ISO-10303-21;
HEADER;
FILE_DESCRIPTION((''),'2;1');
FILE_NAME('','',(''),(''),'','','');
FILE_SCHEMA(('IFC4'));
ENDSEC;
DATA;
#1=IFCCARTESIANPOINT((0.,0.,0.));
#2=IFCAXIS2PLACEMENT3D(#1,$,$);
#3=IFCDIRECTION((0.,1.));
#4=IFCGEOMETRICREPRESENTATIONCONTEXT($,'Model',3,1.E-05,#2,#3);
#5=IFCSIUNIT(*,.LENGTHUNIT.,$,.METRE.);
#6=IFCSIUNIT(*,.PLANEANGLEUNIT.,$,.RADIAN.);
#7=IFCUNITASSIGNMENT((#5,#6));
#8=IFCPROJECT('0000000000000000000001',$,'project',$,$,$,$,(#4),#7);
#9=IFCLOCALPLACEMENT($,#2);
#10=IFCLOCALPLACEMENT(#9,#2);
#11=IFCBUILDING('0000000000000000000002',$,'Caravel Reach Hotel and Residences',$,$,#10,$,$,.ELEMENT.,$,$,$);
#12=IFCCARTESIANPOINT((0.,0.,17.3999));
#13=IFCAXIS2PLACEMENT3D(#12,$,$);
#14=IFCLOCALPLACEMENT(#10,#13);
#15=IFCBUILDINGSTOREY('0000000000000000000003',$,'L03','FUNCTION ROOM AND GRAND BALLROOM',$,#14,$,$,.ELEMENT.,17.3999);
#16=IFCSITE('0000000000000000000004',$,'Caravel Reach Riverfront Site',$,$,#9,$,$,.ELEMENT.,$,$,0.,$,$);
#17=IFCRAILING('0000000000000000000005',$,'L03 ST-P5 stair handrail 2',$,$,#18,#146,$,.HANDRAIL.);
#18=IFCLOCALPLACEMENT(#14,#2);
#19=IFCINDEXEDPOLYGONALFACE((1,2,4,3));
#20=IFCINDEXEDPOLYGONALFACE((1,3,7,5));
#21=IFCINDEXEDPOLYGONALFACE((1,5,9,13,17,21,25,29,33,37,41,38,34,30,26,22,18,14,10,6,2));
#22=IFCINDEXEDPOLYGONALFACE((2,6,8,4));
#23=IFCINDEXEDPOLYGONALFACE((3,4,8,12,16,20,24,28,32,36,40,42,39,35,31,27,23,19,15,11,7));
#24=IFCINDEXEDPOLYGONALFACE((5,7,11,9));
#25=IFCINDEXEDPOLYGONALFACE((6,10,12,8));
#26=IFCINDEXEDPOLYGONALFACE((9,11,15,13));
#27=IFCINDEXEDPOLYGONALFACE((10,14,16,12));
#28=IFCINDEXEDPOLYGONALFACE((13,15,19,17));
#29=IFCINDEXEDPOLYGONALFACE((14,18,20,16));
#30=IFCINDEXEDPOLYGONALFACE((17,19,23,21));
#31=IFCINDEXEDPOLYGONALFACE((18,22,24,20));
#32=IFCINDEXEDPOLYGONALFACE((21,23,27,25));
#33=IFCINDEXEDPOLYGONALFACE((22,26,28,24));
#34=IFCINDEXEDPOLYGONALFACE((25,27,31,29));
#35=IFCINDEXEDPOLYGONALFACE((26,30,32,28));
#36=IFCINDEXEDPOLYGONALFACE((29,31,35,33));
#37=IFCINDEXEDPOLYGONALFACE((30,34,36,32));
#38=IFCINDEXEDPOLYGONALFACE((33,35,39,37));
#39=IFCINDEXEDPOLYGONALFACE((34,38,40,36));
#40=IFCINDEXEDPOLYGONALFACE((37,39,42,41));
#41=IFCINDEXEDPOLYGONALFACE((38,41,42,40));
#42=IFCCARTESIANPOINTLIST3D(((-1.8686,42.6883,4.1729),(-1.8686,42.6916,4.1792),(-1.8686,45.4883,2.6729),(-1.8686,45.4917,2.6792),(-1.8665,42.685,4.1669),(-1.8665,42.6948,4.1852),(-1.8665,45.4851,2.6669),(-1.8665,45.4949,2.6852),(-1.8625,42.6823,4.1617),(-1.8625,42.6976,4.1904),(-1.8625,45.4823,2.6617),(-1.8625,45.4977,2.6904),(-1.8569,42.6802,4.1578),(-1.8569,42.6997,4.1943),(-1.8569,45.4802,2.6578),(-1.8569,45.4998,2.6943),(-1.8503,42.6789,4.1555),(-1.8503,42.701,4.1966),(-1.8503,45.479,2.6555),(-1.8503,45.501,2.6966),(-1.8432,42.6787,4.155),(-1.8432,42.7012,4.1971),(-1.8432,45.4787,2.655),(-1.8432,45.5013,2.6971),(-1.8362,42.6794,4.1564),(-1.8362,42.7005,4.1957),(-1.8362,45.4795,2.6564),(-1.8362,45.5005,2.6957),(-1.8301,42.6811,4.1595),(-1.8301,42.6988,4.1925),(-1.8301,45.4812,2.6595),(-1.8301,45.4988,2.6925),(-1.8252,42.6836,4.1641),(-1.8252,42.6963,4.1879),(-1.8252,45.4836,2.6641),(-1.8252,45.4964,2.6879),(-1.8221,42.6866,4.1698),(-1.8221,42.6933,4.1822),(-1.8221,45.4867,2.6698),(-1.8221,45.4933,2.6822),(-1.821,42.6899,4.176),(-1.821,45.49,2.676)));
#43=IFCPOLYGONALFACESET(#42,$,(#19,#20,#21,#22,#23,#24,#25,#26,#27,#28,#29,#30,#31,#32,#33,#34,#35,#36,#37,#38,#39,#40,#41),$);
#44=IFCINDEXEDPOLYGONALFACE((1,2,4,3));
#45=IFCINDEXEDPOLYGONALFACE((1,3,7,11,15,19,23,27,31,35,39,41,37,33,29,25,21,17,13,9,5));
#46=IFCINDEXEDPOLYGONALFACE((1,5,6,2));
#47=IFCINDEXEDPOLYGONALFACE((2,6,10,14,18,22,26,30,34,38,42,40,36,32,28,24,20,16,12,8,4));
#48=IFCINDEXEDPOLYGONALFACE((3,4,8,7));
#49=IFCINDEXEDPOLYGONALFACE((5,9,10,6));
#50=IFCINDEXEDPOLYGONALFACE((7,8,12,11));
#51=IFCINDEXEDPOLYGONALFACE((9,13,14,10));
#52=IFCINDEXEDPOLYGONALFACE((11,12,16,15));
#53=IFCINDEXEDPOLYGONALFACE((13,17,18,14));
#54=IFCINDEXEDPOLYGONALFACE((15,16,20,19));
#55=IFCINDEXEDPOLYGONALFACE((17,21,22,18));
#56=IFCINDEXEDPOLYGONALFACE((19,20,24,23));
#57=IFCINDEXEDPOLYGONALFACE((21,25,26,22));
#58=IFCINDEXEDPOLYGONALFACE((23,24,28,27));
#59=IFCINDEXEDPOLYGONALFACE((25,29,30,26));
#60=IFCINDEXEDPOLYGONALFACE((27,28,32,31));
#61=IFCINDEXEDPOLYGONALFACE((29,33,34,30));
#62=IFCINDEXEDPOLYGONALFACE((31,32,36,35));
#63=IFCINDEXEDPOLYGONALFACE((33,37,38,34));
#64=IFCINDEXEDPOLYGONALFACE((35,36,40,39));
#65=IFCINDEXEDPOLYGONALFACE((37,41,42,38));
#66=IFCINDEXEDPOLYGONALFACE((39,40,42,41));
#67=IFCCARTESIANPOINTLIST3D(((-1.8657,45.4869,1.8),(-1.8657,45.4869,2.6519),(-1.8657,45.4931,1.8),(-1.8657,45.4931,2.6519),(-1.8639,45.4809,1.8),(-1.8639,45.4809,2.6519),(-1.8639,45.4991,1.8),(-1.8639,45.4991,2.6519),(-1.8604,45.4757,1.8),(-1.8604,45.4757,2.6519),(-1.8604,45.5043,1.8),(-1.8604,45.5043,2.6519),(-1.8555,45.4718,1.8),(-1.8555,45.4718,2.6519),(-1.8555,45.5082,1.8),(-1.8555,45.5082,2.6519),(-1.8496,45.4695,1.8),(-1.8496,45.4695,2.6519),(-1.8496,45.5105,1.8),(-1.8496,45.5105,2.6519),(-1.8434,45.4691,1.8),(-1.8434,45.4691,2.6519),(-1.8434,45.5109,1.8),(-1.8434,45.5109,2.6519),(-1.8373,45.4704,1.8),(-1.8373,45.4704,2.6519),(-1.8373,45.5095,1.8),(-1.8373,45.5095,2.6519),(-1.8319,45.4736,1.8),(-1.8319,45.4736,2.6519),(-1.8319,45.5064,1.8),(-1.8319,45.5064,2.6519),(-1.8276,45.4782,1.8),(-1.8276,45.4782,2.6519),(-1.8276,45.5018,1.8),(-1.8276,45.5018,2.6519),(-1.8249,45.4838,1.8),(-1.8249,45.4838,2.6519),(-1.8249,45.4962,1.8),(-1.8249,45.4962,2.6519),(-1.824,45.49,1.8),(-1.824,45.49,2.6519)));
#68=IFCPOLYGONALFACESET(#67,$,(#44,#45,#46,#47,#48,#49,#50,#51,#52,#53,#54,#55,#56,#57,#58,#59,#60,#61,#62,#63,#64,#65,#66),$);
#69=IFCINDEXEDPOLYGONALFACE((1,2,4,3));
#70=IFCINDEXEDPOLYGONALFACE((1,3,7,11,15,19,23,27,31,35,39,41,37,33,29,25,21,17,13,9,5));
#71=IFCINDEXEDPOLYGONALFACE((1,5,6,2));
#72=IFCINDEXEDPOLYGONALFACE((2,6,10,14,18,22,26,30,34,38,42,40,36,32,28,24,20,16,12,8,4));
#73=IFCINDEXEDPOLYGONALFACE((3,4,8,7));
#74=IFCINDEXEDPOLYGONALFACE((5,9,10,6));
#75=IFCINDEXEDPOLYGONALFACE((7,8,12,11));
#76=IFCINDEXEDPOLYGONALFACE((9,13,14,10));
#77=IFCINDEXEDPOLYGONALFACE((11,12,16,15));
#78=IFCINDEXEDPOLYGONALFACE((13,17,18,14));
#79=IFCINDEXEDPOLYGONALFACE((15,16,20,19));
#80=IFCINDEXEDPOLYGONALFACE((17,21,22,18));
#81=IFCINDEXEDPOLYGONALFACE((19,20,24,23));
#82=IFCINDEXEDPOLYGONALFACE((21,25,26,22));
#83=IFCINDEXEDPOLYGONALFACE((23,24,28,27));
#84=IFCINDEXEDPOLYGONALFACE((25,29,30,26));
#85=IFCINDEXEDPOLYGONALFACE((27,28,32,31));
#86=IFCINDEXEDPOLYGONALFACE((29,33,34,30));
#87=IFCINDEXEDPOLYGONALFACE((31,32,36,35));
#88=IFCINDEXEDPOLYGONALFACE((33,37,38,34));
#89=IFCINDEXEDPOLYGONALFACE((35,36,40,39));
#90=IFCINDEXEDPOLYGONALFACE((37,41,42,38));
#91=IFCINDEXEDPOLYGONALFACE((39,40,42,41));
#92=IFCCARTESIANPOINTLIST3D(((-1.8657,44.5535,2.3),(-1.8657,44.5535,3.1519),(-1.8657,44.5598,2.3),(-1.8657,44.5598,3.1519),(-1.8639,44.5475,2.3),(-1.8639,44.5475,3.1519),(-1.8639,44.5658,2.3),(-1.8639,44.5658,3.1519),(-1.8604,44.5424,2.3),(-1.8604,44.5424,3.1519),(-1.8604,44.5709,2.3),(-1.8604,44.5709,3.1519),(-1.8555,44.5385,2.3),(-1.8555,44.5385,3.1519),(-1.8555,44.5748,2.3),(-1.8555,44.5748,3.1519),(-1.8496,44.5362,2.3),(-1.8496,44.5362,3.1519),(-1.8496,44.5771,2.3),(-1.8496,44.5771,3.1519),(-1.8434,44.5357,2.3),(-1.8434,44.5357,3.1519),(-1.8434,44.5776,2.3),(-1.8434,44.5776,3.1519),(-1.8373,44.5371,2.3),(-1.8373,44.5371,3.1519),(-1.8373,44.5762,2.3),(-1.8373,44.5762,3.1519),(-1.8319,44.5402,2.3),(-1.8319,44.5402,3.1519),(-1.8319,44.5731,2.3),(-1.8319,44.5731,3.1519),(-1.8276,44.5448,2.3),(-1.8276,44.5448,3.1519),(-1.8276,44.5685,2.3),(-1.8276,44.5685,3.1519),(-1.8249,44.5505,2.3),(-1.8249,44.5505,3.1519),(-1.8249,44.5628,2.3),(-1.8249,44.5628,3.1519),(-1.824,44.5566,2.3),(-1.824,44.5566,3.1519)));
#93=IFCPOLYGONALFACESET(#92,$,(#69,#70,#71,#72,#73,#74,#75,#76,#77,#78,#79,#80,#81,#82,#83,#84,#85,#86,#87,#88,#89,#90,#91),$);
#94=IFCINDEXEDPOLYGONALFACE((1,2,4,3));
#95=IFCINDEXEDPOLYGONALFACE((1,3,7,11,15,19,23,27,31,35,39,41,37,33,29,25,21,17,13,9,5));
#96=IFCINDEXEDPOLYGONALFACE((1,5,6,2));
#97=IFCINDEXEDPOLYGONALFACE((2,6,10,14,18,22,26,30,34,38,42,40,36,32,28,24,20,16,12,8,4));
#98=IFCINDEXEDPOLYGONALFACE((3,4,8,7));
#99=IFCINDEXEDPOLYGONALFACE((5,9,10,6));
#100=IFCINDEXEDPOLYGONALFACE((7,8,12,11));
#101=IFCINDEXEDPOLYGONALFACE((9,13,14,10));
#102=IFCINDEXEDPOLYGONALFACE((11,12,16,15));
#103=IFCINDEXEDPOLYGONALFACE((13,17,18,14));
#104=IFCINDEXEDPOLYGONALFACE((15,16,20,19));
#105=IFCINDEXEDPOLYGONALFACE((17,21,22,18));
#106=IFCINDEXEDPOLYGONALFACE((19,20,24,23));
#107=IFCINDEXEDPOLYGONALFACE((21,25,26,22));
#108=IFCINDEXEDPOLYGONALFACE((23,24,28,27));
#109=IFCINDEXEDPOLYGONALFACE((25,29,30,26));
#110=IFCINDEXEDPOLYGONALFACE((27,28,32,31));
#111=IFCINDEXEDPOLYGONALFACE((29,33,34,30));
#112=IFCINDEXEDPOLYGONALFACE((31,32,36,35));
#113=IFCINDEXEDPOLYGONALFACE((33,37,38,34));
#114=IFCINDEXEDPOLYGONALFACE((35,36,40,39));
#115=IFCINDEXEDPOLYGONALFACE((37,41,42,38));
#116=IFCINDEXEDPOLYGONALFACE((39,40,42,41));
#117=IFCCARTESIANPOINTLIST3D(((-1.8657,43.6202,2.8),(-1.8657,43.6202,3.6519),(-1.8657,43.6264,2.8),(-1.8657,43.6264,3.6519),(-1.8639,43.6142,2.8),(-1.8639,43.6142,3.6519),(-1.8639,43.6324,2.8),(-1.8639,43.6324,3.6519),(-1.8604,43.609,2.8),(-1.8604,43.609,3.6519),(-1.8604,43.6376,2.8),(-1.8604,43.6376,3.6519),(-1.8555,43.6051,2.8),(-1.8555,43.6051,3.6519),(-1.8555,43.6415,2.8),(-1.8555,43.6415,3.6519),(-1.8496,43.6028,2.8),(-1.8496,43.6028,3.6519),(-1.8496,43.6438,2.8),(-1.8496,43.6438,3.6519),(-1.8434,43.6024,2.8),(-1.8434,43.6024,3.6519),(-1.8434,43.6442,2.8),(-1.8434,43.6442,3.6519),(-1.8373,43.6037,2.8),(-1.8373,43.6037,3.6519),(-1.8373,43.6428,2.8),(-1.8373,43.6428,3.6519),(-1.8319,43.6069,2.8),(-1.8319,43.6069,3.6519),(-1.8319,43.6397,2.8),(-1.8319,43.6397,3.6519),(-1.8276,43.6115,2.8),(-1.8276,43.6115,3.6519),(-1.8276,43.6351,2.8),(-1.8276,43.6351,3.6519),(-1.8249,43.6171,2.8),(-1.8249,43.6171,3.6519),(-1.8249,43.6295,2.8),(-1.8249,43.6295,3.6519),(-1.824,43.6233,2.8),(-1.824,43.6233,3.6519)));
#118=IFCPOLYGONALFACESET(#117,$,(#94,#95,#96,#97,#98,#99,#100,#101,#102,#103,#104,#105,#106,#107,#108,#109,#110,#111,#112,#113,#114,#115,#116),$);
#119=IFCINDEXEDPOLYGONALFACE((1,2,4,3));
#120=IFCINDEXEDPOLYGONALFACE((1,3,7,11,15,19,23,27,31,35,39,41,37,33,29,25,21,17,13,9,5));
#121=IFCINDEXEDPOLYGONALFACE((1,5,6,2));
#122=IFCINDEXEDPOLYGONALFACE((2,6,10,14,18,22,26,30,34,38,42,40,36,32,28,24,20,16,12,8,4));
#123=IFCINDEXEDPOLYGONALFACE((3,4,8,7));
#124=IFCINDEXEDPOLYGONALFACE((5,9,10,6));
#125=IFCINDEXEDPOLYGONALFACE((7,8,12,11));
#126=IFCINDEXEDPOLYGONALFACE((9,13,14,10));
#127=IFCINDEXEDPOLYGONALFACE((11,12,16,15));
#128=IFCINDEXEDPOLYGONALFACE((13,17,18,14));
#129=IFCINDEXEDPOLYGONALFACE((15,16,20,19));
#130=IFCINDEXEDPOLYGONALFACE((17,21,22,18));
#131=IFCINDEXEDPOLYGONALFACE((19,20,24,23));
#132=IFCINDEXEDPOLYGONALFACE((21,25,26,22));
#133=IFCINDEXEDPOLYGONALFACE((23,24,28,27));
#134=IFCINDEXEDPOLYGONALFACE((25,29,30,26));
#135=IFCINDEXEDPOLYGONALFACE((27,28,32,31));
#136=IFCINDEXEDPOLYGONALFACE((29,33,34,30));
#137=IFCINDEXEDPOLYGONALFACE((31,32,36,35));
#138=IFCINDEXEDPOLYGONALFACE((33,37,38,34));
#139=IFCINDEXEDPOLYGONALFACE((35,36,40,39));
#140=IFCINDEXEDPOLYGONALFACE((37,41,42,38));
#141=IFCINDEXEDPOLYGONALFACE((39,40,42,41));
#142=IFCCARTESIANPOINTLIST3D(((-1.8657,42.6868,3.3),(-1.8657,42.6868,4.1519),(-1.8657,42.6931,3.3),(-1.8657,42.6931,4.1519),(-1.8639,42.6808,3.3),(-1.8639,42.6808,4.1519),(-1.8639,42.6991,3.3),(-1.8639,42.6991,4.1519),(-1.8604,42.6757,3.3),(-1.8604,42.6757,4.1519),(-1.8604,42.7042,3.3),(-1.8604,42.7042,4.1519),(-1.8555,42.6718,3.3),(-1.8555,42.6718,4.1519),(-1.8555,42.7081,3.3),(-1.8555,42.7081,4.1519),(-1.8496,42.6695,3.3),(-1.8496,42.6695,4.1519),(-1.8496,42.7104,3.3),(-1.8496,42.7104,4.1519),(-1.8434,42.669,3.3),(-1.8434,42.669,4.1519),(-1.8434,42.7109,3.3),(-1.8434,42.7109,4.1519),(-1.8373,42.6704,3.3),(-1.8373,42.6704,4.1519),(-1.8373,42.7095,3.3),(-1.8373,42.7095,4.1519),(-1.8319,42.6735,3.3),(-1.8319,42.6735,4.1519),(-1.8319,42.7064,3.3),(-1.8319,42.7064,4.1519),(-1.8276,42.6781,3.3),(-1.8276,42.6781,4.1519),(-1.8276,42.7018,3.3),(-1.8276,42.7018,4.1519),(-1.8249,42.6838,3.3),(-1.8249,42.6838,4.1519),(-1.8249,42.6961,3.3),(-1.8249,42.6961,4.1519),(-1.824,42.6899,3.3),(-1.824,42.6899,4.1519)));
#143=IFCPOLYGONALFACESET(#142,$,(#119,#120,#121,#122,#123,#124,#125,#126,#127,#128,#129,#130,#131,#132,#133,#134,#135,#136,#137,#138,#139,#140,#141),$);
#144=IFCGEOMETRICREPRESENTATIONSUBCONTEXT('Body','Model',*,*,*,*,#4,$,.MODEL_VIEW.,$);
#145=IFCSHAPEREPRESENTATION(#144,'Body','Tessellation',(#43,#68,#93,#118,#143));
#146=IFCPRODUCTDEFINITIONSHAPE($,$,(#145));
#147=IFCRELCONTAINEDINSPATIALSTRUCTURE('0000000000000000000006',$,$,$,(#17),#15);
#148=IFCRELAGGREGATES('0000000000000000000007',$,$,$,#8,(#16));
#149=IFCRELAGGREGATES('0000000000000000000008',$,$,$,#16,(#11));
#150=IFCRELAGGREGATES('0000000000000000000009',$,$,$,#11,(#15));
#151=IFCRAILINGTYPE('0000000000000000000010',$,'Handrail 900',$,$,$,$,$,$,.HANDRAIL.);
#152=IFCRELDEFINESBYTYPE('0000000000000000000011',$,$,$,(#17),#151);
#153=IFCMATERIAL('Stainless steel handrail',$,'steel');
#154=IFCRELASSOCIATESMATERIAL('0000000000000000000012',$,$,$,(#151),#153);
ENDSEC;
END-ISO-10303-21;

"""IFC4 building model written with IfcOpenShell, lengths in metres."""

from ifc_helpers import new_model, si_unit, direction, frame, origin, origin_2d, place, context, subcontext, project, spatial, circle, extrude, material, type_object, element, save


model = new_model("IFC4")

# Units and contexts
model_context = context("Model", 3, precision=1e-05, world=origin(), true_north=direction((0.0, 1.0)))
body_context = subcontext(model_context, "Body", "Model", "MODEL_VIEW")
ifc_project = project(units=[si_unit("LENGTHUNIT", "METRE"), si_unit("PLANEANGLEUNIT", "RADIAN")], contexts=[model_context])

# Site, building, storey
site_placement = place(None, origin())
site = spatial("IfcSite", under=ifc_project, at=site_placement, Name="Caravel Reach Riverfront Site", CompositionType="ELEMENT", RefElevation=0.0)
building_placement = place(site_placement, origin())
building = spatial("IfcBuilding", under=site, at=building_placement, Name="Caravel Reach Hotel and Residences", CompositionType="ELEMENT")
storey_placement = place(building_placement, frame((0.0, 0.0, 17.3999)))
storey = spatial("IfcBuildingStorey", under=building, at=storey_placement, Name="L03", Description="FUNCTION ROOM AND GRAND BALLROOM", CompositionType="ELEMENT", Elevation=17.3999)

# Railing
ifc_material_1 = material(Name="Stainless steel handrail", Category="steel")
railing_type_1 = type_object("IfcRailingType", Name="Handrail 900", PredefinedType="HANDRAIL", material=ifc_material_1)
for number, where, name in (
    (1, (-1.845, 45.49, 1.8), "L03 ST-P5 stair handrail 2"),
):
    element("IfcRailing", number, at=place(storey_placement, frame(where)), inside=storey, type_object=railing_type_1, Name=name, PredefinedType="HANDRAIL", context=body_context, shape_type="SweptSolid", body=[
        extrude(circle(Radius=0.0239, at=origin_2d()), frame((0.0, 0.0, 0.876), z_axis=(0.0, -0.881483, 0.472215), x_axis=(1.0, 0.0, 0.0)), (0.0, 0.0, 1.0), 3.1765),
        extrude(circle(Radius=0.021, at=origin_2d()), origin(), (0.0, 0.0, 1.0), 0.8518),
        extrude(circle(Radius=0.021, at=origin_2d()), frame((0.0, -0.9333, 0.5)), (0.0, 0.0, 1.0), 0.8518),
        extrude(circle(Radius=0.021, at=origin_2d()), frame((0.0, -1.8667, 1.0)), (0.0, 0.0, 1.0), 0.8518),
        extrude(circle(Radius=0.021, at=origin_2d()), frame((0.0, -2.8, 1.5)), (0.0, 0.0, 1.0), 0.8518),
    ])

save(model, "model.ifc")
